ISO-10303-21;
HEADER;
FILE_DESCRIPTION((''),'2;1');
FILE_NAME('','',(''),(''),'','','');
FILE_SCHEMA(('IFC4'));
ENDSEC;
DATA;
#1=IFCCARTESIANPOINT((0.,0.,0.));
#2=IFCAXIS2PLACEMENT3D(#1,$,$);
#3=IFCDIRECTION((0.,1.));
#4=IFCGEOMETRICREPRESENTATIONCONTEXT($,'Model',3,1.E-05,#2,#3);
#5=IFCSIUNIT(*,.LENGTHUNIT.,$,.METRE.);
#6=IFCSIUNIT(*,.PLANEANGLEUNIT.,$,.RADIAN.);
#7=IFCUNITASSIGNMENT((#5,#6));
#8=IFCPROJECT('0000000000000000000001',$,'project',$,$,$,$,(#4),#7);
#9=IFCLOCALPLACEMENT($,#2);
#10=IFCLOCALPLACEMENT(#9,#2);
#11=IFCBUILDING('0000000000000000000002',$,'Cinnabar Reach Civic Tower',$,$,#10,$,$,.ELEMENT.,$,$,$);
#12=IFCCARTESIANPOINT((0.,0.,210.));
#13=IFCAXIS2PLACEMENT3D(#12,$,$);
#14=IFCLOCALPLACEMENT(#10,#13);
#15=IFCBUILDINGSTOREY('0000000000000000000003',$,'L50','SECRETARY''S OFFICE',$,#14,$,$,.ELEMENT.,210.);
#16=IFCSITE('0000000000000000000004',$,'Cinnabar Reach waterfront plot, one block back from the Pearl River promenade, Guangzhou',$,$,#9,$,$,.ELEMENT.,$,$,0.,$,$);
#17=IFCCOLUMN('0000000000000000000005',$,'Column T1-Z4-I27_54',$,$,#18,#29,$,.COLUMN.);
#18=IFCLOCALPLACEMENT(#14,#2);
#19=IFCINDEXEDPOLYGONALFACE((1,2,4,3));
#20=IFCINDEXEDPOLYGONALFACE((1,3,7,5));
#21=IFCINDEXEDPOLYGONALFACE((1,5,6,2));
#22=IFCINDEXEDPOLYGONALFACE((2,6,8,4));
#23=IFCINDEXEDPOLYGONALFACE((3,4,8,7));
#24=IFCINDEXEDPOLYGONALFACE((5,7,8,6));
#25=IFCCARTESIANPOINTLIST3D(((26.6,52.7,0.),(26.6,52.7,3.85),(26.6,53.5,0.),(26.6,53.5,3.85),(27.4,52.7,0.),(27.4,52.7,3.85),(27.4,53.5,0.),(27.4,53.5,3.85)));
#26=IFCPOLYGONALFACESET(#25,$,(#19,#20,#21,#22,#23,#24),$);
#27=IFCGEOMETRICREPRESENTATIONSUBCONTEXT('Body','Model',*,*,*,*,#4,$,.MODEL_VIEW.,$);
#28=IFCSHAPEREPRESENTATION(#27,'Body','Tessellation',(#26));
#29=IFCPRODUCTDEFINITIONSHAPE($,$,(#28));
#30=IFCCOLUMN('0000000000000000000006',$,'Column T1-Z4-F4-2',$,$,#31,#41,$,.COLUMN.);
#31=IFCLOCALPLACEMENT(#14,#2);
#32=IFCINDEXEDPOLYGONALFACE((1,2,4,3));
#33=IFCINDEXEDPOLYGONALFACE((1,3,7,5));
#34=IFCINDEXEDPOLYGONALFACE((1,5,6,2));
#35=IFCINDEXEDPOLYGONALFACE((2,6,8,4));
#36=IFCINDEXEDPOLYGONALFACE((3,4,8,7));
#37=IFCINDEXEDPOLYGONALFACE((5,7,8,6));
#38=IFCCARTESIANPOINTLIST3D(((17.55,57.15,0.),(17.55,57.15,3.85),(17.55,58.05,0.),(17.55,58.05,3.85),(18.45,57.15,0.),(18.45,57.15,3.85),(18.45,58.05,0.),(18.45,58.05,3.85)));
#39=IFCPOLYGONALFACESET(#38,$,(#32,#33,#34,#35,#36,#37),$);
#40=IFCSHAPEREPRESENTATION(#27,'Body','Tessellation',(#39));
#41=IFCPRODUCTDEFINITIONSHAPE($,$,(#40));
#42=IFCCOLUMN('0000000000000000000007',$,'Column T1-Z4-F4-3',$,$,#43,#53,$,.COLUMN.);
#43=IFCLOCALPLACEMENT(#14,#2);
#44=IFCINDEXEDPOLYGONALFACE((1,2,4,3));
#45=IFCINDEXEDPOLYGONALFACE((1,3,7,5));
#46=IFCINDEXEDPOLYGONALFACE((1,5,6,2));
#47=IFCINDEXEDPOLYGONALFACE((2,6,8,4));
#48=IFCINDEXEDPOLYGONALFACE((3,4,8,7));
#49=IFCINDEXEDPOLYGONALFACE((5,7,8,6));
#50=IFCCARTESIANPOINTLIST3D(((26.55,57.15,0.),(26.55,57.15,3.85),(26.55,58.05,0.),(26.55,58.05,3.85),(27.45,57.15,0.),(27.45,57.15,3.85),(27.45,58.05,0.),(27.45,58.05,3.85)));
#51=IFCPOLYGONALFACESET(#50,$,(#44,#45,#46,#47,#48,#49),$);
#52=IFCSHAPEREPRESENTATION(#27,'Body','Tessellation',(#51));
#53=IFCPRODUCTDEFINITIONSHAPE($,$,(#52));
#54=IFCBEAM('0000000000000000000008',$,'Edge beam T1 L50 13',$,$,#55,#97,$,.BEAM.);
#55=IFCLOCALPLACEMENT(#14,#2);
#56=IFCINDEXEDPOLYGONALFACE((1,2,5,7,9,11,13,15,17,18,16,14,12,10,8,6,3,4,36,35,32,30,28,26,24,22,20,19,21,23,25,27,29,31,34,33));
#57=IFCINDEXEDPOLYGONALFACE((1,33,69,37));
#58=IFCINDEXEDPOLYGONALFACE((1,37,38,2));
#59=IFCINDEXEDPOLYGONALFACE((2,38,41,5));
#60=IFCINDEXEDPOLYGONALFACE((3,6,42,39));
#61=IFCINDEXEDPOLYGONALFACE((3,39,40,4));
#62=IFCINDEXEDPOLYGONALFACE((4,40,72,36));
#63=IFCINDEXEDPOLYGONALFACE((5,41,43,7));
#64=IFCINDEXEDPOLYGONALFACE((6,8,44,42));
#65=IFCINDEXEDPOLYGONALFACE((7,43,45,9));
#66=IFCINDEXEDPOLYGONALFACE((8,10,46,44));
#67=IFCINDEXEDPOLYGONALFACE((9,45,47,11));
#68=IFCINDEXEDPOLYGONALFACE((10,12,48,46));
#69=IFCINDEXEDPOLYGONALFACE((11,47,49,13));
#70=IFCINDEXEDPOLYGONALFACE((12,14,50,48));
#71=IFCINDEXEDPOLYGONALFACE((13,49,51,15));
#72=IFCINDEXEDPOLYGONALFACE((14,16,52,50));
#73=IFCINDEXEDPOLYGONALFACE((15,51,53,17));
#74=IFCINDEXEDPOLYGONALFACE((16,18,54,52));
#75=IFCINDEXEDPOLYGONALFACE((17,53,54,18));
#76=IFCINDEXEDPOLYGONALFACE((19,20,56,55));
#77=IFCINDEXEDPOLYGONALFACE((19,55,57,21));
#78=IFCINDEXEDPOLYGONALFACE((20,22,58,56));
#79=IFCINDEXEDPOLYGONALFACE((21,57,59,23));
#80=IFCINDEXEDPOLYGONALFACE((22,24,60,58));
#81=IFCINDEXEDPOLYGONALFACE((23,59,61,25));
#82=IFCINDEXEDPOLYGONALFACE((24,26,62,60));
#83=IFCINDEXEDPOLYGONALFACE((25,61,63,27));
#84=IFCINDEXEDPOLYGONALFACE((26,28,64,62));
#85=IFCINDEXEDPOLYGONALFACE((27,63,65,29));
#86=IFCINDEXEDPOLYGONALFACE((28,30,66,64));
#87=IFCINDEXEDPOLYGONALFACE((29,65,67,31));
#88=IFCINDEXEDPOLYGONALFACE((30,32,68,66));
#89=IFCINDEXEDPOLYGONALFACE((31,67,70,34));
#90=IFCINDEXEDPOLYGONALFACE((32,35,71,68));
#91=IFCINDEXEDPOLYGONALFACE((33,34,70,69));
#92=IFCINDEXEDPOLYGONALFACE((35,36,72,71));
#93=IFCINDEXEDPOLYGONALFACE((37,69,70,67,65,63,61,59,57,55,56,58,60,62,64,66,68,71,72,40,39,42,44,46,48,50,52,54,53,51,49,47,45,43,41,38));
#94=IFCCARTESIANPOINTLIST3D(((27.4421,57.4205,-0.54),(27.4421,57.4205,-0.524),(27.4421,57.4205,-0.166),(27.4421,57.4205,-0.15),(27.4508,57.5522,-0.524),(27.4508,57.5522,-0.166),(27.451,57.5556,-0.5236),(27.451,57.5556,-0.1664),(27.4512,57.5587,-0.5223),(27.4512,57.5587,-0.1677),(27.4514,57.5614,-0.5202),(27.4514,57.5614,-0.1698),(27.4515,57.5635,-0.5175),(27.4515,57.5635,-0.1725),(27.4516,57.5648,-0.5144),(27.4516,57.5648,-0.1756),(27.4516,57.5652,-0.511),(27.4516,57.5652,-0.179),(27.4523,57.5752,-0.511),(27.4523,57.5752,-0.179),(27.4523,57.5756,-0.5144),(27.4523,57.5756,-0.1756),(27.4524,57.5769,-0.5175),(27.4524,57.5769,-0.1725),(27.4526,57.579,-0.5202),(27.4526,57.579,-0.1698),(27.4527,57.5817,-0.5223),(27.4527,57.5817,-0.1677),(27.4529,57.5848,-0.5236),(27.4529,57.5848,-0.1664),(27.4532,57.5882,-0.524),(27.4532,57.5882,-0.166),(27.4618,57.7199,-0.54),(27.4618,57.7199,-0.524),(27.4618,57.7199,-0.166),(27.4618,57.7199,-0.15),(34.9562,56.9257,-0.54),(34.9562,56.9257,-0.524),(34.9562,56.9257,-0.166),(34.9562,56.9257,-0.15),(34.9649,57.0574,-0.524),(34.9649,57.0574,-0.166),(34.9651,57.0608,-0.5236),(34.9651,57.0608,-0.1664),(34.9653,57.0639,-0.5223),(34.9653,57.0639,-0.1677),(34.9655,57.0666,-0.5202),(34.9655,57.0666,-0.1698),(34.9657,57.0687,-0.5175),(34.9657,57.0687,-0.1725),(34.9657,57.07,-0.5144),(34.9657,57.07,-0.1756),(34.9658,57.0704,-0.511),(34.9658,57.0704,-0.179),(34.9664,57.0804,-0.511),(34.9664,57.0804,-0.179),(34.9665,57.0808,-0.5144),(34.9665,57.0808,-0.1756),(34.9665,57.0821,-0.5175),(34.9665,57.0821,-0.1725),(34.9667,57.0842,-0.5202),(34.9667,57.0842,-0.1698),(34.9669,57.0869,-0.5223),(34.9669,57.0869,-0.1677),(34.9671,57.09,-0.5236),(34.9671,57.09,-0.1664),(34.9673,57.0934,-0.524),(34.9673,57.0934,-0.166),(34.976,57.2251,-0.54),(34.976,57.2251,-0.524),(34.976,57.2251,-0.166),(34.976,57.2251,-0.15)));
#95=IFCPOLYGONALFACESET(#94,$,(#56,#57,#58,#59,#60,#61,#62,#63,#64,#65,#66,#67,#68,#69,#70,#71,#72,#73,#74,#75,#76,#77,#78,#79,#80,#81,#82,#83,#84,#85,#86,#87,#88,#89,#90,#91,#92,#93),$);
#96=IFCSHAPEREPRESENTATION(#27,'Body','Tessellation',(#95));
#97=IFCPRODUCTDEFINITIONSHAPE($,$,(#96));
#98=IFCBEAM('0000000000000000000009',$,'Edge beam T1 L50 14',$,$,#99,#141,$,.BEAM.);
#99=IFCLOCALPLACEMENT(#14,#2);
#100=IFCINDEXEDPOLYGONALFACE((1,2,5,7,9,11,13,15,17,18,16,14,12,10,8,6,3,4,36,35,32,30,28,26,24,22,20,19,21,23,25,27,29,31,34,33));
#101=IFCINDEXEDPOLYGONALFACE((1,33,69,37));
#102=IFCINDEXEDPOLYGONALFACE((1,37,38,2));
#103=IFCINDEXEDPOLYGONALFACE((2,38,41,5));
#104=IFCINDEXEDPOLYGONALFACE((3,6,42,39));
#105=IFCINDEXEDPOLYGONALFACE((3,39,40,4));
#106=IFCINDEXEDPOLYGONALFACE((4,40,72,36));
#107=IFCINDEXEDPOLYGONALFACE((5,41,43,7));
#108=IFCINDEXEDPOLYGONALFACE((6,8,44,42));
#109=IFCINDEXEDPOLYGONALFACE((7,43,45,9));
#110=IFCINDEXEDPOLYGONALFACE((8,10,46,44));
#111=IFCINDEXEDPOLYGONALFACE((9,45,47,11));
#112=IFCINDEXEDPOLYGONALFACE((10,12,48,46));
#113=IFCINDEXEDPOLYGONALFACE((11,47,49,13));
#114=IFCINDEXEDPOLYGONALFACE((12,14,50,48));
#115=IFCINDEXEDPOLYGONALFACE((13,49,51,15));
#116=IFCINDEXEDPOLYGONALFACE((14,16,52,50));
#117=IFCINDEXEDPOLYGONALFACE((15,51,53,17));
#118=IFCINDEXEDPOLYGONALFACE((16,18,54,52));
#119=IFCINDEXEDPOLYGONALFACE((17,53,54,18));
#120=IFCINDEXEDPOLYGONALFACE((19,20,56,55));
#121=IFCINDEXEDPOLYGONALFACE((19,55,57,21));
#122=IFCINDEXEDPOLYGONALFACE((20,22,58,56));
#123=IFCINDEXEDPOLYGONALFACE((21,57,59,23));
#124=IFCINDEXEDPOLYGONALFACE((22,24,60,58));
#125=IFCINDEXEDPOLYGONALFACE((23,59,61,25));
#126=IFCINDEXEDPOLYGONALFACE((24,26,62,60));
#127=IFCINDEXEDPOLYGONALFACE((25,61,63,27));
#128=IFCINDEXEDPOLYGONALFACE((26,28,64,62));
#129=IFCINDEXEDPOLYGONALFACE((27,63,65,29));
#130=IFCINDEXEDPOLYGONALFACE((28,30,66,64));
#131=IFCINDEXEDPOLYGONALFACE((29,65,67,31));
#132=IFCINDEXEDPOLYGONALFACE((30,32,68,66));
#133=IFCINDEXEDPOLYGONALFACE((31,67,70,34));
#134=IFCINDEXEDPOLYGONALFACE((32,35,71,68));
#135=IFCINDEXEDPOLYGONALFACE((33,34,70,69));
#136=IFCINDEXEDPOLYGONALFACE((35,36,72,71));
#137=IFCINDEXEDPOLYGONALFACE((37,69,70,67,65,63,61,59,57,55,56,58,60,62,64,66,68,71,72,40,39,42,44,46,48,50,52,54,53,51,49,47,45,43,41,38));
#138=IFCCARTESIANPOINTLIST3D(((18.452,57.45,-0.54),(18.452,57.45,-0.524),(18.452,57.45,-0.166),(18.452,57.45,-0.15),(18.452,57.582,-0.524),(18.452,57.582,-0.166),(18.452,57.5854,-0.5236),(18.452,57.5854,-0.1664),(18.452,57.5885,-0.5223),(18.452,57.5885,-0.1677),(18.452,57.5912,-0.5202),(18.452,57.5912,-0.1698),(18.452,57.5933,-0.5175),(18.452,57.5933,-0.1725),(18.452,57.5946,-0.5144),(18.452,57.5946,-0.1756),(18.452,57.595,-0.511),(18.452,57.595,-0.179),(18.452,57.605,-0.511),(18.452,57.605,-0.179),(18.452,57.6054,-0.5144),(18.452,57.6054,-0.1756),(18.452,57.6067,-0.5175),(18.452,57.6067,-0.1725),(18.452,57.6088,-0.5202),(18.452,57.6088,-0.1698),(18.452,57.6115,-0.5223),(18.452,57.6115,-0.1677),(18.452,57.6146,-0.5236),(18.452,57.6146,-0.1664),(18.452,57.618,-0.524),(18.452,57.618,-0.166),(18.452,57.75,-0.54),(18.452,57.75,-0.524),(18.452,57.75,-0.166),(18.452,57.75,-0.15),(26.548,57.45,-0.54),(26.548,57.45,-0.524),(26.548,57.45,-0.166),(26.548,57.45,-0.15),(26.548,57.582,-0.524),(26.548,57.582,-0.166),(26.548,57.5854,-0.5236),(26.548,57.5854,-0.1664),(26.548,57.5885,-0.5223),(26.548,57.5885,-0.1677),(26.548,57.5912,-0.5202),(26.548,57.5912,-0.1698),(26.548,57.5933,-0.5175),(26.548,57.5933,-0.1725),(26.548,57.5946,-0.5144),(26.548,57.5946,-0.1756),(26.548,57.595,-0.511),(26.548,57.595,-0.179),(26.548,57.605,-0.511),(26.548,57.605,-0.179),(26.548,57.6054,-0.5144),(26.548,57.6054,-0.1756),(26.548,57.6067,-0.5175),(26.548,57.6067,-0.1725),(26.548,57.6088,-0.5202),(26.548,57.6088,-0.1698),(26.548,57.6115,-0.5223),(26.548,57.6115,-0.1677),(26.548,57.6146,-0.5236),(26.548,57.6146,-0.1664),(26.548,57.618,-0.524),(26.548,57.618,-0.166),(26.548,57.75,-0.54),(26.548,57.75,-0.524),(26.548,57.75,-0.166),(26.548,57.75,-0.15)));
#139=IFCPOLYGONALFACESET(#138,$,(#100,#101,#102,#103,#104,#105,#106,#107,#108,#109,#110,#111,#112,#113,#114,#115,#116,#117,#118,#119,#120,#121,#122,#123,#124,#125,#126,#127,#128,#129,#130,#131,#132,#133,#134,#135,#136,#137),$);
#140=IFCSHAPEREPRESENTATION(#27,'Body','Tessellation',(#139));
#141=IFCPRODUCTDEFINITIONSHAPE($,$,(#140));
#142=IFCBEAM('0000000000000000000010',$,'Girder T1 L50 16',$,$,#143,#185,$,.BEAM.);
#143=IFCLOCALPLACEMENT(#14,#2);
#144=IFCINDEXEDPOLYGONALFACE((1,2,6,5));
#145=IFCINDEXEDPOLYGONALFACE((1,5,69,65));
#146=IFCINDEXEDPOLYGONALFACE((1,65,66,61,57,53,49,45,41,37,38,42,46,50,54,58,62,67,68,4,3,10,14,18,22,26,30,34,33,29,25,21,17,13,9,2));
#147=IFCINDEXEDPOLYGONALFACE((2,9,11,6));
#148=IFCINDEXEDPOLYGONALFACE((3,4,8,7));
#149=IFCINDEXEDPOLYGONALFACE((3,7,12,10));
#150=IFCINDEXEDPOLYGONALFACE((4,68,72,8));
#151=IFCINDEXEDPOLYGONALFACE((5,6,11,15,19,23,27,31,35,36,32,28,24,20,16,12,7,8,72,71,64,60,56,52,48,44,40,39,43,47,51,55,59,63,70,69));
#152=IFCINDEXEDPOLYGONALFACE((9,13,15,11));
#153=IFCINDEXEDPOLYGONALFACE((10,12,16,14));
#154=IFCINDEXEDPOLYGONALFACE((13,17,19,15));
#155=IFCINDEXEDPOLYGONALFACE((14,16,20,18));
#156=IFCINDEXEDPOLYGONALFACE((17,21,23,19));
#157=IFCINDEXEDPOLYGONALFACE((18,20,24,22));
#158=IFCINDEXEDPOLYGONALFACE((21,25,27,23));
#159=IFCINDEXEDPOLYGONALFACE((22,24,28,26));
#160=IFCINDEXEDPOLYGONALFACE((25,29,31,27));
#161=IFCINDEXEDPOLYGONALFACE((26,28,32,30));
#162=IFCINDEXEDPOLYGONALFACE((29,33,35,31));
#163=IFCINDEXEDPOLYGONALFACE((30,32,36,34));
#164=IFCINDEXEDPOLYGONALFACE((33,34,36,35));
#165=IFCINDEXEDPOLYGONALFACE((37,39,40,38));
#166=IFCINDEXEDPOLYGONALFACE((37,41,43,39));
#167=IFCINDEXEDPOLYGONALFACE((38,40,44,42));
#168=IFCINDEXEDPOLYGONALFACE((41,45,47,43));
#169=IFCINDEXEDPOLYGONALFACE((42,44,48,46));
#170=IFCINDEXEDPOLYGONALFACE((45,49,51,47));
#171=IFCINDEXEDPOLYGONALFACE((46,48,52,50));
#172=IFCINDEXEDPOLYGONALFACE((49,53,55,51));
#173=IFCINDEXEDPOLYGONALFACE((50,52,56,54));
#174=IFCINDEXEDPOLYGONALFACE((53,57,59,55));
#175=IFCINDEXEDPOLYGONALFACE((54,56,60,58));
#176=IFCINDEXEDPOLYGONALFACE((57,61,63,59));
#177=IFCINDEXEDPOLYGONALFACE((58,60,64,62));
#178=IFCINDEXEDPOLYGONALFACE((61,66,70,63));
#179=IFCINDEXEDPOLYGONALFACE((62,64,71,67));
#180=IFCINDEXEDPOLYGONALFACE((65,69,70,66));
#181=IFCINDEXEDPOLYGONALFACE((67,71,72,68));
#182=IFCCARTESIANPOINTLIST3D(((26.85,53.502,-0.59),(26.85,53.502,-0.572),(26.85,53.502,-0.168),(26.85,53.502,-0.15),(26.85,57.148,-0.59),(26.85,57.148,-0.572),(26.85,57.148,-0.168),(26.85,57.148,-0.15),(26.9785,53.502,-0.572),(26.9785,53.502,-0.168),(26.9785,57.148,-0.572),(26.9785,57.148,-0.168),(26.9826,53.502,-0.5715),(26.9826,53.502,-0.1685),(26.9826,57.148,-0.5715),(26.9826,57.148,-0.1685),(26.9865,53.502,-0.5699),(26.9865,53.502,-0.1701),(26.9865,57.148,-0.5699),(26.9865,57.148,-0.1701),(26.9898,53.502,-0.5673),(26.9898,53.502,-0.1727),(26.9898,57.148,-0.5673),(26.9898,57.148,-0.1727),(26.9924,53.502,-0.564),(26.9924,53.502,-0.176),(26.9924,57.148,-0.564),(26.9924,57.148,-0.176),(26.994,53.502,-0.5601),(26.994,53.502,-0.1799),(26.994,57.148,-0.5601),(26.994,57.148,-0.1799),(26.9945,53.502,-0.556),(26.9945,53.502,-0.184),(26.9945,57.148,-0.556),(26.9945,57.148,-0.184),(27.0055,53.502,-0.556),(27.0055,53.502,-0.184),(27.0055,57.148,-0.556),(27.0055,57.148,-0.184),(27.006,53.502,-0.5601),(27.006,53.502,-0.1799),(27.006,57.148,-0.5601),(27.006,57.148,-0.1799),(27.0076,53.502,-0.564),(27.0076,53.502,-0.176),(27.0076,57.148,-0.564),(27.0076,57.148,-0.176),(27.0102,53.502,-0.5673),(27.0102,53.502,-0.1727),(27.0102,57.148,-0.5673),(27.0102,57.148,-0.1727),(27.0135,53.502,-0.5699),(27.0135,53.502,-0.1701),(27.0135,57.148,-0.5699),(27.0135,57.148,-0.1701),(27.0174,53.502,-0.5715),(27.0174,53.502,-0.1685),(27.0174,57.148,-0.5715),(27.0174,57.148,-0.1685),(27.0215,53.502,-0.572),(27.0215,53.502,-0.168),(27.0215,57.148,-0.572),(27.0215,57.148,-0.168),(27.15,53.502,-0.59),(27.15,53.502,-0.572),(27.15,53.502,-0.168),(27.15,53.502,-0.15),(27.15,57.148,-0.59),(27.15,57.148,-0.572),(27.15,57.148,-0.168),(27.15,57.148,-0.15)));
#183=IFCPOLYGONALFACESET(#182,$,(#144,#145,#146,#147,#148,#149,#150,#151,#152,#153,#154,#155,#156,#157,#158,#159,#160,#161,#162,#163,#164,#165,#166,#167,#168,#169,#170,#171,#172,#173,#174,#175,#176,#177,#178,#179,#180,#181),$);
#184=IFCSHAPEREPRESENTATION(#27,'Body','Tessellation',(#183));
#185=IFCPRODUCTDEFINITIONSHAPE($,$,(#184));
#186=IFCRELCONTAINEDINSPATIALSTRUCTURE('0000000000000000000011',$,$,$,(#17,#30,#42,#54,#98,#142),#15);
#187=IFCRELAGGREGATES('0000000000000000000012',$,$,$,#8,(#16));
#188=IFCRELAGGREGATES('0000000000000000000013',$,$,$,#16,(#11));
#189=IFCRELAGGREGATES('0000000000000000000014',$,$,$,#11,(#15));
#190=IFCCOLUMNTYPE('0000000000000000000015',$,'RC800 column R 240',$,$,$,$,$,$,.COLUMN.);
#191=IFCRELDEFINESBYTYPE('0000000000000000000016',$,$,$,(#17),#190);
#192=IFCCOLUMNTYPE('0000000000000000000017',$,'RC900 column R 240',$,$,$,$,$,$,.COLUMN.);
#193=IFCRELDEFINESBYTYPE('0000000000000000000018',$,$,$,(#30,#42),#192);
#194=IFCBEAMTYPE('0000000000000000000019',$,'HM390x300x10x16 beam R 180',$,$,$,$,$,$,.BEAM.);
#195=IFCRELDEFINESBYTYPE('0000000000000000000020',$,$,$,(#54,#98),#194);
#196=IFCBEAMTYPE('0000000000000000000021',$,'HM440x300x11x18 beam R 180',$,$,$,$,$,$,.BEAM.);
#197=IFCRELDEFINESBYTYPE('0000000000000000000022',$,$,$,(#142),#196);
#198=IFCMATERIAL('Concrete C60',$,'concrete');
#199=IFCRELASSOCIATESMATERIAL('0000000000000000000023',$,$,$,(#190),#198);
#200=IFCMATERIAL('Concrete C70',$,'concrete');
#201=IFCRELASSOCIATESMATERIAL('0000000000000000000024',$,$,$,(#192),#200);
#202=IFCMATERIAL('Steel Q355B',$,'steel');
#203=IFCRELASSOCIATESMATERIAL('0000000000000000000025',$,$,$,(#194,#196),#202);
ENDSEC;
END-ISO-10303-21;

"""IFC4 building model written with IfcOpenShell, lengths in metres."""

from ifc_helpers import new_model, si_unit, direction, frame, origin, origin_2d, place, context, subcontext, project, spatial, rectangle, i_section, extrude, material, material_profile, profile_set, type_object, element, save


model = new_model("IFC4")

# Units and contexts
model_context = context("Model", 3, precision=1e-05, world=origin(), true_north=direction((0.0, 1.0)))
body_context = subcontext(model_context, "Body", "Model", "MODEL_VIEW")
ifc_project = project(units=[si_unit("LENGTHUNIT", "METRE"), si_unit("PLANEANGLEUNIT", "RADIAN")], contexts=[model_context])

# Site, building, storey
site_placement = place(None, origin())
site = spatial("IfcSite", under=ifc_project, at=site_placement, Name="Cinnabar Reach waterfront plot, one block back from the Pearl River promenade, Guangzhou", CompositionType="ELEMENT", RefElevation=0.0)
building_placement = place(site_placement, origin())
building = spatial("IfcBuilding", under=site, at=building_placement, Name="Cinnabar Reach Civic Tower", CompositionType="ELEMENT")
storey_placement = place(building_placement, frame((0.0, 0.0, 210.0)))
storey = spatial("IfcBuildingStorey", under=building, at=storey_placement, Name="L50", Description="SECRETARY'S OFFICE", CompositionType="ELEMENT", Elevation=210.0)

# Columns
ifc_material_1 = material(Name="Concrete C60", Category="concrete")
ifc_material_profile_1 = material_profile(ifc_material_1, rectangle(XDim=0.8, YDim=0.8, at=origin_2d()), Name="RC800")
ifc_profile_set_1 = profile_set([ifc_material_profile_1], Name="Concrete C60")
column_type_1 = type_object("IfcColumnType", Name="RC800 column R 240", PredefinedType="COLUMN", material=ifc_profile_set_1)
column_placement = place(storey_placement, frame((27.0, 53.1, 0.0), z_axis=(0.0, 0.0, 1.0), x_axis=(1.0, 0.0, 0.0)))
element("IfcColumn", 1, at=column_placement, inside=storey, type_object=column_type_1, Name="Column T1-Z4-I27_54", PredefinedType="COLUMN", context=body_context, shape_type="SweptSolid", body=[
    extrude(rectangle(XDim=0.8, YDim=0.8, at=origin_2d()), origin(), (0.0, 0.0, 1.0), 3.85),
])
ifc_material_2 = material(Name="Concrete C70", Category="concrete")
ifc_material_profile_2 = material_profile(ifc_material_2, rectangle(XDim=0.9, YDim=0.9, at=origin_2d()), Name="RC900")
ifc_profile_set_2 = profile_set([ifc_material_profile_2], Name="Concrete C70")
column_type_2 = type_object("IfcColumnType", Name="RC900 column R 240", PredefinedType="COLUMN", material=ifc_profile_set_2)
for number, where, z_axis, x_axis, name in (
    (2, (18.0, 57.6, 0.0), (0.0, 0.0, 1.0), (1.0, 0.0, 0.0), "Column T1-Z4-F4-2"),
    (3, (27.0, 57.6, 0.0), (0.0, 0.0, 1.0), (1.0, 0.0, 0.0), "Column T1-Z4-F4-3"),
):
    element("IfcColumn", number, at=place(storey_placement, frame(where, z_axis=z_axis, x_axis=x_axis)), inside=storey, type_object=column_type_2, Name=name, PredefinedType="COLUMN", context=body_context, shape_type="SweptSolid", body=[
        extrude(rectangle(XDim=0.9, YDim=0.9, at=origin_2d()), origin(), (0.0, 0.0, 1.0), 3.85),
    ])

# Beams
ifc_material_3 = material(Name="Steel Q355B", Category="steel")
ifc_material_profile_3 = material_profile(ifc_material_3, i_section(OverallWidth=0.3, OverallDepth=0.39, WebThickness=0.01, FlangeThickness=0.016, FilletRadius=0.013, at=origin_2d()), Name="HM390x300x10x16")
ifc_profile_set_3 = profile_set([ifc_material_profile_3], Name="Steel Q355B")
beam_type_1 = type_object("IfcBeamType", Name="HM390x300x10x16 beam R 180", PredefinedType="BEAM", material=ifc_profile_set_3)
beam_1_placement = place(storey_placement, frame((34.9661, 57.0754, -0.345), z_axis=(-0.997839, 0.065707, 0.0), x_axis=(-0.065707, -0.997839, 0.0)))
element("IfcBeam", 4, at=beam_1_placement, inside=storey, type_object=beam_type_1, Name="Edge beam T1 L50 13", PredefinedType="BEAM", context=body_context, shape_type="SweptSolid", body=[
    extrude(i_section(OverallWidth=0.3, OverallDepth=0.39, WebThickness=0.01, FlangeThickness=0.016, FilletRadius=0.013, at=origin_2d()), origin(), (0.0, 0.0, 1.0), 7.5304),
])
beam_2_placement = place(storey_placement, frame((26.548, 57.6, -0.345), z_axis=(-1.0, 0.0, 0.0), x_axis=(0.0, -1.0, 0.0)))
element("IfcBeam", 5, at=beam_2_placement, inside=storey, type_object=beam_type_1, Name="Edge beam T1 L50 14", PredefinedType="BEAM", context=body_context, shape_type="SweptSolid", body=[
    extrude(i_section(OverallWidth=0.3, OverallDepth=0.39, WebThickness=0.01, FlangeThickness=0.016, FilletRadius=0.013, at=origin_2d()), origin(), (0.0, 0.0, 1.0), 8.096),
])
ifc_material_profile_4 = material_profile(ifc_material_3, i_section(OverallWidth=0.3, OverallDepth=0.44, WebThickness=0.011, FlangeThickness=0.018, FilletRadius=0.016, at=origin_2d()), Name="HM440x300x11x18")
ifc_profile_set_4 = profile_set([ifc_material_profile_4], Name="Steel Q355B")
beam_type_2 = type_object("IfcBeamType", Name="HM440x300x11x18 beam R 180", PredefinedType="BEAM", material=ifc_profile_set_4)
beam_3_placement = place(storey_placement, frame((27.0, 53.502, -0.37), z_axis=(0.0, 1.0, 0.0), x_axis=(-1.0, 0.0, 0.0)))
element("IfcBeam", 6, at=beam_3_placement, inside=storey, type_object=beam_type_2, Name="Girder T1 L50 16", PredefinedType="BEAM", context=body_context, shape_type="SweptSolid", body=[
    extrude(i_section(OverallWidth=0.3, OverallDepth=0.44, WebThickness=0.011, FlangeThickness=0.018, FilletRadius=0.016, at=origin_2d()), origin(), (0.0, 0.0, 1.0), 3.646),
])

save(model, "model.ifc")
